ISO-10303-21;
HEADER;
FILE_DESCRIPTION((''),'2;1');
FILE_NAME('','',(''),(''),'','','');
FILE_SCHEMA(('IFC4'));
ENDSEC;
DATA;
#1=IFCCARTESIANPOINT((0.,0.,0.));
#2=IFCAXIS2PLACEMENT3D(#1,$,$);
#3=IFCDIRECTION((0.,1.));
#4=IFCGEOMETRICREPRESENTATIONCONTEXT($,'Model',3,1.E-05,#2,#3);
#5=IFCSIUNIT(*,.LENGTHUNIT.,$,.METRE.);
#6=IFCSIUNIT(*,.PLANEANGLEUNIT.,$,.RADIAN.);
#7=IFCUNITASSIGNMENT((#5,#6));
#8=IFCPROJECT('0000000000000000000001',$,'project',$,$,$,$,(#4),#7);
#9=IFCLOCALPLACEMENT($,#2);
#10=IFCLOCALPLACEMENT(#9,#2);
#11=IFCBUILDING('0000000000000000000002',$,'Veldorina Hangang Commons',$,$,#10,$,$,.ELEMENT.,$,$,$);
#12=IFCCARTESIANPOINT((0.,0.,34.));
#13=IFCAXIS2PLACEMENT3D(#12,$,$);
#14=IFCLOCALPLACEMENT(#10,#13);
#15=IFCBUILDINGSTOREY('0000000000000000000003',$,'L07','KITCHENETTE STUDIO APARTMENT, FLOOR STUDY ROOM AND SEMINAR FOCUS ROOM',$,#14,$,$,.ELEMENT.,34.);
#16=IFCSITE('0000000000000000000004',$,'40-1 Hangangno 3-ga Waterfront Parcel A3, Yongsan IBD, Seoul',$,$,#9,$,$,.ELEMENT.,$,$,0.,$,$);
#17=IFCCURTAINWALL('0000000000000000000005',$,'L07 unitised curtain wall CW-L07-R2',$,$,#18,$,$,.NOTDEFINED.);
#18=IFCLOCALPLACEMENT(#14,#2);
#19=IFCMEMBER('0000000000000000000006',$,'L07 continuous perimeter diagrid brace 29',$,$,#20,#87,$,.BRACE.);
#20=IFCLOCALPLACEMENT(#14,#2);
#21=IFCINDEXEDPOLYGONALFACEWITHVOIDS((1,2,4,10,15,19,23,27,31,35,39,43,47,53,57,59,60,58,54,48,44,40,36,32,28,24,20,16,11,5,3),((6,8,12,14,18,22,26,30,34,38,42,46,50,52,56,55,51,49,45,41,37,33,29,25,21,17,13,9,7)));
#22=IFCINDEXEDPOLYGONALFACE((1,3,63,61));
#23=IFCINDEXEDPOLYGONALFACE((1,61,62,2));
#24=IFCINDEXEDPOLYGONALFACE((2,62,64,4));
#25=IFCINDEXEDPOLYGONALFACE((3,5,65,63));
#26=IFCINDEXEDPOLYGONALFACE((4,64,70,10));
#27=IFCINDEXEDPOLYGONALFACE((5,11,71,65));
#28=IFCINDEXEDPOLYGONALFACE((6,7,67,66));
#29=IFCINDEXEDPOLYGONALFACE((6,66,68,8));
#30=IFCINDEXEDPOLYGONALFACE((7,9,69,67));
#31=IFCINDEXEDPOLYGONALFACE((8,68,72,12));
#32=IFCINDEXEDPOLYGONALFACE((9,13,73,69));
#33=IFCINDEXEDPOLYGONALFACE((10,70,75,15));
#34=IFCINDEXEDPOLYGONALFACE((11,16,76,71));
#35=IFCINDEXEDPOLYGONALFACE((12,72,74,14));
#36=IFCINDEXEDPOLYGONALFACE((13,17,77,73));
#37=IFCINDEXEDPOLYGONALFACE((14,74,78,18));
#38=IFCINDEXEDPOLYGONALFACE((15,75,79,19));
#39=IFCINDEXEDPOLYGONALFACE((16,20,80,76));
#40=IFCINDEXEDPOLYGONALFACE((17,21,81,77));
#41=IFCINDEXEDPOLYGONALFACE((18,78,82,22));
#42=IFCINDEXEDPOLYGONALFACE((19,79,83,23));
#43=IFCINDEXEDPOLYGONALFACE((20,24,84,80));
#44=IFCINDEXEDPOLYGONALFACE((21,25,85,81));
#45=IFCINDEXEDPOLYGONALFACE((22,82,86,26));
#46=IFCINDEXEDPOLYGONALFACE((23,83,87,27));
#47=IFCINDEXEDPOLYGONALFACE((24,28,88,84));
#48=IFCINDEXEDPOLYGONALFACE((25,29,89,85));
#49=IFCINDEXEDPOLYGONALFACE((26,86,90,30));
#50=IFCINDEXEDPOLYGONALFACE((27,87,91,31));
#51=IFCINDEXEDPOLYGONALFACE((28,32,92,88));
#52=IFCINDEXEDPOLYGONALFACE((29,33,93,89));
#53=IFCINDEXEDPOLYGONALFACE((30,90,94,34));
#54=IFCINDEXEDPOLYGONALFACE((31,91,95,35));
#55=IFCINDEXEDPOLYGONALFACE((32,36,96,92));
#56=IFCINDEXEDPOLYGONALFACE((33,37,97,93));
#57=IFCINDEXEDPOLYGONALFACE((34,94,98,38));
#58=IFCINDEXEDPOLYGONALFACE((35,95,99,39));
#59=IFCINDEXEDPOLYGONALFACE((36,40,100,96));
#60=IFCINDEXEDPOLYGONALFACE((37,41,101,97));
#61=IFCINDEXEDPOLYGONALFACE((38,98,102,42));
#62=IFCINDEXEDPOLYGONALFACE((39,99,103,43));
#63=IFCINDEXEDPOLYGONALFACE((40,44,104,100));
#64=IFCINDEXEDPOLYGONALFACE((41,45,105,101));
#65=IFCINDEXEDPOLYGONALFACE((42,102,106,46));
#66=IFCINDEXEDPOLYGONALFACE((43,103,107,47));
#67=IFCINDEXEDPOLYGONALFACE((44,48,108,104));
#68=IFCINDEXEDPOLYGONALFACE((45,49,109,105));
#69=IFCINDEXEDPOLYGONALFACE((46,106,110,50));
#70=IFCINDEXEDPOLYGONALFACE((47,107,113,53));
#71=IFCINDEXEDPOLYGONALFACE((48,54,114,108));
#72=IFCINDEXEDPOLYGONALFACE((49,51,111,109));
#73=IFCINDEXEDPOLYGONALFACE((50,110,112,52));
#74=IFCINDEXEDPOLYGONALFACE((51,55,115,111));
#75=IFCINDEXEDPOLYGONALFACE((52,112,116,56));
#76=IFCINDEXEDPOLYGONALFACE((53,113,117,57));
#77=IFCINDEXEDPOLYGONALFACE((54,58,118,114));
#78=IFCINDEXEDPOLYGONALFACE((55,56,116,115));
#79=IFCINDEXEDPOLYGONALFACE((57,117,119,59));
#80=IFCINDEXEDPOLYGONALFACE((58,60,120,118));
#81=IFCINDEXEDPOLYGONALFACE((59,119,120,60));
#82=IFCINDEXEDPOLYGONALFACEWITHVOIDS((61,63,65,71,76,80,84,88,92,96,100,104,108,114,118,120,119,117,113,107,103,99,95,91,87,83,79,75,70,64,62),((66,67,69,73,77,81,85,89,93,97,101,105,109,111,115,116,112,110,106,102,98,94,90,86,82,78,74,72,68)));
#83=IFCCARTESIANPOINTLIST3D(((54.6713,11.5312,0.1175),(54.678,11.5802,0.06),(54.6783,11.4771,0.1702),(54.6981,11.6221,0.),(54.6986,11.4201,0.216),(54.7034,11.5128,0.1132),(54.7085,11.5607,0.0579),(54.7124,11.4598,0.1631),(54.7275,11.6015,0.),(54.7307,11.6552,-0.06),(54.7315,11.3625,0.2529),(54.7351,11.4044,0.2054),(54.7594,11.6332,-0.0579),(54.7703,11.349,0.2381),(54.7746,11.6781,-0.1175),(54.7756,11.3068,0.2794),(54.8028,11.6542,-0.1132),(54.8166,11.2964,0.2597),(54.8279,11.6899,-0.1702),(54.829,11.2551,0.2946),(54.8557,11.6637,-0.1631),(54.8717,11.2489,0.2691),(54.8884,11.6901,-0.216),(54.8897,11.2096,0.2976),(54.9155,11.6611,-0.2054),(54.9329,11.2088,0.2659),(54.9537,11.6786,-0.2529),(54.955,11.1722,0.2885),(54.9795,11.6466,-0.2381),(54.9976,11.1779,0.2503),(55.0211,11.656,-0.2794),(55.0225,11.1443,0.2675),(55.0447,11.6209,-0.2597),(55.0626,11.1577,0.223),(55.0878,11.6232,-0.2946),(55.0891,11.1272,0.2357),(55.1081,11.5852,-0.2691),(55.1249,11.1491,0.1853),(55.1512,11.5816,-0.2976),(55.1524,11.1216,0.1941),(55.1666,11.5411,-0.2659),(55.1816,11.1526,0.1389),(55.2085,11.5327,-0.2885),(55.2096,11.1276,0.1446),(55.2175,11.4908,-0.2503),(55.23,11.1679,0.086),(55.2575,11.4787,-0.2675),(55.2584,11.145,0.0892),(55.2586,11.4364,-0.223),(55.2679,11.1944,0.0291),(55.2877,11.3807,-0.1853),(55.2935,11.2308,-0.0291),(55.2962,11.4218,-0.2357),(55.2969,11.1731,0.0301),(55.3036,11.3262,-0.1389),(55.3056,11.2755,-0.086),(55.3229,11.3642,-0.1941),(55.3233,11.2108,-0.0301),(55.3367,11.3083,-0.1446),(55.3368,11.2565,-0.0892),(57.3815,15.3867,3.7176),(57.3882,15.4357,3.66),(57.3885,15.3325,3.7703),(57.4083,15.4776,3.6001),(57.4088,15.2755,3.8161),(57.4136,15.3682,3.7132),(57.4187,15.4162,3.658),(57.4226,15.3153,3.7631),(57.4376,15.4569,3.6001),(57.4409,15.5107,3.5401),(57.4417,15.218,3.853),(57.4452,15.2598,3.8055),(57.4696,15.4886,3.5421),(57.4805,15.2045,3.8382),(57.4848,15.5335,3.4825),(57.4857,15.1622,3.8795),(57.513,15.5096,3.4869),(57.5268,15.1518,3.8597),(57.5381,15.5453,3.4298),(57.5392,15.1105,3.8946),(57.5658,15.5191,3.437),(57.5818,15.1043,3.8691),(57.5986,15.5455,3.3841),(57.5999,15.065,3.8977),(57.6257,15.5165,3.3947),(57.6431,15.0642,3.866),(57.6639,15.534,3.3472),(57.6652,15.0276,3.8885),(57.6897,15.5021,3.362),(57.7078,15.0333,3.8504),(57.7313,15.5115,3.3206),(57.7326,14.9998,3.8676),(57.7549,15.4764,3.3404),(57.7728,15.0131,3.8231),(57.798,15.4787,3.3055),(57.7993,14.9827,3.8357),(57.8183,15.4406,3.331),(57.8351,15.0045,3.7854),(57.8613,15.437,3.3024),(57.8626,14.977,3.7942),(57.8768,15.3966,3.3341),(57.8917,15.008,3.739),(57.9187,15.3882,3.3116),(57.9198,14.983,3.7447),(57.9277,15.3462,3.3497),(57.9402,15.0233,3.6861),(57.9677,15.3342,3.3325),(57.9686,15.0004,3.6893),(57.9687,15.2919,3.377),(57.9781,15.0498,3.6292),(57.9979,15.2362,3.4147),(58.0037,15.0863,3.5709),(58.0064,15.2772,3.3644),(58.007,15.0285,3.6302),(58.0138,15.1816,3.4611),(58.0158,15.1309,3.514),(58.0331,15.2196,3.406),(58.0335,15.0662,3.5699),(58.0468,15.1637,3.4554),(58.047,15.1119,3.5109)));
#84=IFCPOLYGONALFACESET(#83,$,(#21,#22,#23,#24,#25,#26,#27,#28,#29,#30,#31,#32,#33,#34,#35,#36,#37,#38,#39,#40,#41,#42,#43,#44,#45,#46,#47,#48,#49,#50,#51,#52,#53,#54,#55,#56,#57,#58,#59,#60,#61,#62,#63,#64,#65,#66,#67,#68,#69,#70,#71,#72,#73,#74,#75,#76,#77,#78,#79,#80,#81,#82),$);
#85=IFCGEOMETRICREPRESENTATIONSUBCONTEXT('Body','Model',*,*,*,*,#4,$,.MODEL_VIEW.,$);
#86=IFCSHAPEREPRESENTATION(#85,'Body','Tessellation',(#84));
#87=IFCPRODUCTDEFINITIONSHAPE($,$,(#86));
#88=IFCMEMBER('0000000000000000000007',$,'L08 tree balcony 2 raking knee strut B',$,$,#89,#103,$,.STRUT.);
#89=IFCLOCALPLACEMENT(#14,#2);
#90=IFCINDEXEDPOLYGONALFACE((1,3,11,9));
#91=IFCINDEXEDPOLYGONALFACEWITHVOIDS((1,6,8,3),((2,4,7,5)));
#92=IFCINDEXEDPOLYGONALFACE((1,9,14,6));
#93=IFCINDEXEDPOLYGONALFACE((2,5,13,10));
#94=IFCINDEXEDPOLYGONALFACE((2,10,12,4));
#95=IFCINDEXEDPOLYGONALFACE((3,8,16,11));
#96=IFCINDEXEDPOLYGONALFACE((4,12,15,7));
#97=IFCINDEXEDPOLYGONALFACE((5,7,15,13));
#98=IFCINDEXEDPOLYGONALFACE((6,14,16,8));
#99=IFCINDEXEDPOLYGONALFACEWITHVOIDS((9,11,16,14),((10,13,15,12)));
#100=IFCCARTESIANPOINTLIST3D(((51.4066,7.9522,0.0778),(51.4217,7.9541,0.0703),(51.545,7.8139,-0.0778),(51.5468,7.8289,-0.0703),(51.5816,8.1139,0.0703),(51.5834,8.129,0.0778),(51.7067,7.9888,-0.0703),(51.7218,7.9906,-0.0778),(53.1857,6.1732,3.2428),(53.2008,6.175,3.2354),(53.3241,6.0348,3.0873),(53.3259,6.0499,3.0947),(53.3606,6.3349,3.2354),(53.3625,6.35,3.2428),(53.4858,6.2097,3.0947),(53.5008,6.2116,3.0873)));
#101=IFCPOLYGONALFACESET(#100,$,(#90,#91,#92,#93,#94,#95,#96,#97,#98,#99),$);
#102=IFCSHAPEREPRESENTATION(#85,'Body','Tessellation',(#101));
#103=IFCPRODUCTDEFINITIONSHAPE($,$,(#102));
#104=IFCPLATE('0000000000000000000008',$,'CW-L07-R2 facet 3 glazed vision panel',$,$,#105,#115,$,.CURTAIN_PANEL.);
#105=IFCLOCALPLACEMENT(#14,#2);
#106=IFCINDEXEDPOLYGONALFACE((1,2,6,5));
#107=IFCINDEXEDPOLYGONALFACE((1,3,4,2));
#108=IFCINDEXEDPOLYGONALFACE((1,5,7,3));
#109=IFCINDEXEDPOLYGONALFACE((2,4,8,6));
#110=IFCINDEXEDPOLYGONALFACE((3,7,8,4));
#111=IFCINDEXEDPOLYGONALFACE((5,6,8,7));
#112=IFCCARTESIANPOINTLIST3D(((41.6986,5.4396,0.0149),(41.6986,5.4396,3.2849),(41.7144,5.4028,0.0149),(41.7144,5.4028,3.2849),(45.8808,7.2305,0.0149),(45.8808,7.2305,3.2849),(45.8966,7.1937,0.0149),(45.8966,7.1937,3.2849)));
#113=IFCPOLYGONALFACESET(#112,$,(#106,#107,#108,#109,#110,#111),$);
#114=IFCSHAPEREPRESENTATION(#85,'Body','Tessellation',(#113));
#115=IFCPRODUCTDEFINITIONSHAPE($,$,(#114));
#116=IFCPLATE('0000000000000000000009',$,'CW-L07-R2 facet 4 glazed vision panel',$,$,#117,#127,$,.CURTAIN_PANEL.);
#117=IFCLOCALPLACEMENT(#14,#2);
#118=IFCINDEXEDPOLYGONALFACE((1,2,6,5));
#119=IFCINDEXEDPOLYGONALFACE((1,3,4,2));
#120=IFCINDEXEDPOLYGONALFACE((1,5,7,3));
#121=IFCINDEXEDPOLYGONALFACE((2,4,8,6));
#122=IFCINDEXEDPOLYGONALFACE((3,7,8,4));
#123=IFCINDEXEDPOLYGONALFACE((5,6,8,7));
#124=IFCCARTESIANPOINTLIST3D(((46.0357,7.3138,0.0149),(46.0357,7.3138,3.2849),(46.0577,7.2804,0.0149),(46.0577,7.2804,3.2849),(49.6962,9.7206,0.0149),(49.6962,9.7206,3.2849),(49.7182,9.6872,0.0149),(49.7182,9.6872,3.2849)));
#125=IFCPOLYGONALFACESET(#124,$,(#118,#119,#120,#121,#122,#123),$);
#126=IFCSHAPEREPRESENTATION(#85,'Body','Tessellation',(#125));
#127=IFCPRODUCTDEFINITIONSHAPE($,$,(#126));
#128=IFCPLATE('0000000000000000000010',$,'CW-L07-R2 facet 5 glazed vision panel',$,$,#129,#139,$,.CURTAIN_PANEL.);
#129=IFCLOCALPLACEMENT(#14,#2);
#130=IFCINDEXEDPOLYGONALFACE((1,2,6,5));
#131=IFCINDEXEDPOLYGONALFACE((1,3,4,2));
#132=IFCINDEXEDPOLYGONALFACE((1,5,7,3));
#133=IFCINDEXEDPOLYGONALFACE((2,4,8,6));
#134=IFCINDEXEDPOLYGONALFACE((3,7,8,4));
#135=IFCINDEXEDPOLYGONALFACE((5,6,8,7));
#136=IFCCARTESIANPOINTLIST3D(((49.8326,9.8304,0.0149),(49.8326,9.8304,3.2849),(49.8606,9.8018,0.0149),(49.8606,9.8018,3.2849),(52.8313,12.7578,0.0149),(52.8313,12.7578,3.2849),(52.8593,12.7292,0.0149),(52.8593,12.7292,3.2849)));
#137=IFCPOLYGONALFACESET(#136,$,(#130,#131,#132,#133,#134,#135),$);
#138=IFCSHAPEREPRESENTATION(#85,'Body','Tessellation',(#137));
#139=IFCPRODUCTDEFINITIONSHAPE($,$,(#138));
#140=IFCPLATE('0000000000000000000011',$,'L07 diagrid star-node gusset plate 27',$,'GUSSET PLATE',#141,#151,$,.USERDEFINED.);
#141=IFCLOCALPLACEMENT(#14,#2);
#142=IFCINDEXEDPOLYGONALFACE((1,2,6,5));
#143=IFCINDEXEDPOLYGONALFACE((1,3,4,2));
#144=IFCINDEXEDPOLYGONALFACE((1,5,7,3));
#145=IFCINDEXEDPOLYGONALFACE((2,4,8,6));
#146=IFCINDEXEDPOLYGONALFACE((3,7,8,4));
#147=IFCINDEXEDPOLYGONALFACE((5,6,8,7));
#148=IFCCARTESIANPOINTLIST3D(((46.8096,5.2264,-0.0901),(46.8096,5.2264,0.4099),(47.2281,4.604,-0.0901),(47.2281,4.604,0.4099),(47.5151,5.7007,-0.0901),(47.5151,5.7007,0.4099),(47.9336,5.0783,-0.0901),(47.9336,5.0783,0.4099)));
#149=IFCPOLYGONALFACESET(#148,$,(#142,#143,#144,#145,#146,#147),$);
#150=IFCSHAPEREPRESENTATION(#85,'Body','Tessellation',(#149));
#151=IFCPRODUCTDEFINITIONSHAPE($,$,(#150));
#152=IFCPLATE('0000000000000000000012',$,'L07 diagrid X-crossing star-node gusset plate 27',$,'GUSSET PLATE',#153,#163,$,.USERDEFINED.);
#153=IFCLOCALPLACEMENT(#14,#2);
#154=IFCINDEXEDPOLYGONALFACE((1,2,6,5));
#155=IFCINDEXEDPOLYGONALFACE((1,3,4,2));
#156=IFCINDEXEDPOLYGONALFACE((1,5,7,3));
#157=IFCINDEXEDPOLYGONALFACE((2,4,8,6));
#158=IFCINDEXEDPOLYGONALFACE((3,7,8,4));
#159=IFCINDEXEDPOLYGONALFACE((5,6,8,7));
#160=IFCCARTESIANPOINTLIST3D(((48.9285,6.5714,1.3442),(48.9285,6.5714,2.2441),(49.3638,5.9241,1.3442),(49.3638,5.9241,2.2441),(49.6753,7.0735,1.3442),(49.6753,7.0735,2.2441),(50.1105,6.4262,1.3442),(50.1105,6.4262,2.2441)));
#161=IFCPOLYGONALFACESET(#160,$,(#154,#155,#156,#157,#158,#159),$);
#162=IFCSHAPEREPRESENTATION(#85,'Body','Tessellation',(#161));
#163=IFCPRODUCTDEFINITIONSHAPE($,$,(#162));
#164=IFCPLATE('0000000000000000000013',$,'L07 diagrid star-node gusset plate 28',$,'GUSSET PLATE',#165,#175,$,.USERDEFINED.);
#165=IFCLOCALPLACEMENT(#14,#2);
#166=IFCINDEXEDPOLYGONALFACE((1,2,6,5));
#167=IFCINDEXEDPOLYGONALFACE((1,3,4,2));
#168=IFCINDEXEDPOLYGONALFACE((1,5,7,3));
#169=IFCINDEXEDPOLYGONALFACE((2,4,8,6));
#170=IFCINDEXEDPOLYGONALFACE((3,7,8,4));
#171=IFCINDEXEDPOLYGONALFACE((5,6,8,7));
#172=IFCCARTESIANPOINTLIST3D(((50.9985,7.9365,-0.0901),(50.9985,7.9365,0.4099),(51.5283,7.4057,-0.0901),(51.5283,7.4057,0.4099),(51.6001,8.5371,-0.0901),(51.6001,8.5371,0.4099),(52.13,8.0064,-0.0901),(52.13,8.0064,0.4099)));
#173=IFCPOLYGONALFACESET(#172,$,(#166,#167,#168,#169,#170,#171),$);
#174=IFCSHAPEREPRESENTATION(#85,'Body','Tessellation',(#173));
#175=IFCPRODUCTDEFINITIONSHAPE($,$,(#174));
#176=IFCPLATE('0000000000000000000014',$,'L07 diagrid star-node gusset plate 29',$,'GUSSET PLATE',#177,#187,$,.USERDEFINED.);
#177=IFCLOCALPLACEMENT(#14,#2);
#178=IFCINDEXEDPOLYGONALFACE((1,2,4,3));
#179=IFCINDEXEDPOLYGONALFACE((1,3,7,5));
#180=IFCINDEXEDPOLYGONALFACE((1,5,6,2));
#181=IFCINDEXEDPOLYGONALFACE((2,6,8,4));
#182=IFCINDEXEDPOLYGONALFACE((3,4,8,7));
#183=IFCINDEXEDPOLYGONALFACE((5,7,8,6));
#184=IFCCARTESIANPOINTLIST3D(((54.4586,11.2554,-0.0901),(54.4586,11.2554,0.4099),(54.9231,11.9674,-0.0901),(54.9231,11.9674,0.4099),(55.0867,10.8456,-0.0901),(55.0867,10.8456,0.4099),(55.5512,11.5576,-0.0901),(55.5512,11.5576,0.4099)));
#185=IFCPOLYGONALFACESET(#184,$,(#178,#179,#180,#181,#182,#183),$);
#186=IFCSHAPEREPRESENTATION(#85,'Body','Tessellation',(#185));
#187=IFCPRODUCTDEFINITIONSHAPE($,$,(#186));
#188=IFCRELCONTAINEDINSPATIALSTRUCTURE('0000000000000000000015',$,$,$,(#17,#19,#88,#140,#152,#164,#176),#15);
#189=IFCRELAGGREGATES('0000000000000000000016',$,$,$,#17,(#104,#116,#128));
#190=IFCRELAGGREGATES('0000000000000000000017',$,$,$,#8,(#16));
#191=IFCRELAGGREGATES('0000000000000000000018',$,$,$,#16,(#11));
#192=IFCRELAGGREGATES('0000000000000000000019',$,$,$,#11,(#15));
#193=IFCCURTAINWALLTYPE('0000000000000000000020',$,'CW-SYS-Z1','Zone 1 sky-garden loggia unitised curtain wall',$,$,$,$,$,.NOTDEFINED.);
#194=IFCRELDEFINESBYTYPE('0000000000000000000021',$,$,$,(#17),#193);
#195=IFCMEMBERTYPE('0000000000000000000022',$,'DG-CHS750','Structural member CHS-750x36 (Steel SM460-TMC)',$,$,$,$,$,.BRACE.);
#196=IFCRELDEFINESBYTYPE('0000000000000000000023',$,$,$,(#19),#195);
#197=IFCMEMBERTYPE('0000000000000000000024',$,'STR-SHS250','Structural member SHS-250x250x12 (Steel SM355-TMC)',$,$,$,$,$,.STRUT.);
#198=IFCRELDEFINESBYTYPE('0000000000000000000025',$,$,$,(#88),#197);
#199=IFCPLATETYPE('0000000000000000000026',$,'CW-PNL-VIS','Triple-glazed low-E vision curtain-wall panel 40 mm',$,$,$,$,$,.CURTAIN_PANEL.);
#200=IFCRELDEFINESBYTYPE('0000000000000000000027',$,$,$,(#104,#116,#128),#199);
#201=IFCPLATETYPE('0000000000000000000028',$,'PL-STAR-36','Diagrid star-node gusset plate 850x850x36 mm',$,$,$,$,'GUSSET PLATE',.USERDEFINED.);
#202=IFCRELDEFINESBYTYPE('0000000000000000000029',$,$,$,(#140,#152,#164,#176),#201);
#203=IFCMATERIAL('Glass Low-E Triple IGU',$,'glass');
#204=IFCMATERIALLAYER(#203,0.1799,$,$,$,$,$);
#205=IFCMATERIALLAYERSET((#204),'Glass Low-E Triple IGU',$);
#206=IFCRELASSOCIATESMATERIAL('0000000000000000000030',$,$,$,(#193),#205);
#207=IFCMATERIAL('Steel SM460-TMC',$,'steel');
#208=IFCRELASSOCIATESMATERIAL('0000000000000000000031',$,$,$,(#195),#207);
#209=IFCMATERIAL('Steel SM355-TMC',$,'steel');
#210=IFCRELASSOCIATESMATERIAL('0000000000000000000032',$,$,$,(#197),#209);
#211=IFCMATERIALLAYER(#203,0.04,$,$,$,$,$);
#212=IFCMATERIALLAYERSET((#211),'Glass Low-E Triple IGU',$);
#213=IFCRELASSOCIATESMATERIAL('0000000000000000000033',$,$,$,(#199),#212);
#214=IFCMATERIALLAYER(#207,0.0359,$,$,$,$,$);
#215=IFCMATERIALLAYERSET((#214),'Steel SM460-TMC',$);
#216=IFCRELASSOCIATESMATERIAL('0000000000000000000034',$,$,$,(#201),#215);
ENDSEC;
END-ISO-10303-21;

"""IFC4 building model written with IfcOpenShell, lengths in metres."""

from ifc_helpers import new_model, si_unit, direction, frame, origin, origin_2d, place, context, subcontext, project, spatial, rectangle, hollow_rectangle, hollow_circle, extrude, material, layer, layer_set, material_profile, profile_set, type_object, element, aggregate, save


model = new_model("IFC4")

# Units and contexts
model_context = context("Model", 3, precision=1e-05, world=origin(), true_north=direction((0.0, 1.0)))
body_context = subcontext(model_context, "Body", "Model", "MODEL_VIEW")
ifc_project = project(units=[si_unit("LENGTHUNIT", "METRE"), si_unit("PLANEANGLEUNIT", "RADIAN")], contexts=[model_context])

# Site, building, storey
site_placement = place(None, origin())
site = spatial("IfcSite", under=ifc_project, at=site_placement, Name="40-1 Hangangno 3-ga Waterfront Parcel A3, Yongsan IBD, Seoul", CompositionType="ELEMENT", RefElevation=0.0)
building_placement = place(site_placement, origin())
building = spatial("IfcBuilding", under=site, at=building_placement, Name="Veldorina Hangang Commons", CompositionType="ELEMENT")
storey_placement = place(building_placement, frame((0.0, 0.0, 34.0)))
storey = spatial("IfcBuildingStorey", under=building, at=storey_placement, Name="L07", Description="KITCHENETTE STUDIO APARTMENT, FLOOR STUDY ROOM AND SEMINAR FOCUS ROOM", CompositionType="ELEMENT", Elevation=34.0)

# Shared definitions
ifc_material_1 = material(Name="Steel SM355-TMC", Category="steel")
ifc_material_2 = material(Name="Steel SM460-TMC", Category="steel")

# Curtain wall
ifc_material_3 = material(Name="Glass Low-E Triple IGU", Category="glass")
ifc_layer_1 = layer(ifc_material_3, 0.1799)
ifc_layer_set_1 = layer_set([ifc_layer_1], Name="Glass Low-E Triple IGU")
curtain_wall_type = type_object("IfcCurtainWallType", Name="CW-SYS-Z1", Description="Zone 1 sky-garden loggia unitised curtain wall", PredefinedType="NOTDEFINED", material=ifc_layer_set_1)
curtain_wall_placement = place(storey_placement, origin())
curtain_wall = element("IfcCurtainWall", 1, at=curtain_wall_placement, inside=storey, type_object=curtain_wall_type, Name="L07 unitised curtain wall CW-L07-R2", PredefinedType="NOTDEFINED")

# Members
ifc_material_profile_1 = material_profile(ifc_material_2, hollow_circle(Radius=0.375, WallThickness=0.0359, at=origin_2d()), Name="CHS-750x36")
ifc_profile_set_1 = profile_set([ifc_material_profile_1], Name="Steel SM460-TMC")
member_type_1 = type_object("IfcMemberType", Name="DG-CHS750", Description="Structural member CHS-750x36 (Steel SM460-TMC)", PredefinedType="BRACE", material=ifc_profile_set_1)
member_1_placement = place(storey_placement, frame((55.0049, 11.4065, 0.0), z_axis=(0.456996, 0.650111, 0.60705), x_axis=(-0.818096, 0.575081, 0.0)))
element("IfcMember", 2, at=member_1_placement, inside=storey, type_object=member_type_1, Name="L07 continuous perimeter diagrid brace 29", PredefinedType="BRACE", context=body_context, shape_type="SweptSolid", body=[
    extrude(hollow_circle(Radius=0.375, WallThickness=0.0359, at=origin_2d()), origin(), (0.0, 0.0, 1.0), 5.9304),
])
ifc_material_profile_2 = material_profile(ifc_material_1, hollow_rectangle(XDim=0.25, YDim=0.25, WallThickness=0.012, at=origin_2d()), Name="SHS-250x250x12")
ifc_profile_set_2 = profile_set([ifc_material_profile_2], Name="Steel SM355-TMC")
member_type_2 = type_object("IfcMemberType", Name="STR-SHS250", Description="Structural member SHS-250x250x12 (Steel SM355-TMC)", PredefinedType="STRUT", material=ifc_profile_set_2)
member_2_placement = place(storey_placement, frame((51.5642, 7.9714, 0.0), z_axis=(0.44001, -0.44001, 0.782804), x_axis=(0.707107, 0.707107, 0.0)))
element("IfcMember", 3, at=member_2_placement, inside=storey, type_object=member_type_2, Name="L08 tree balcony 2 raking knee strut B", PredefinedType="STRUT", context=body_context, shape_type="SweptSolid", body=[
    extrude(hollow_rectangle(XDim=0.25, YDim=0.25, WallThickness=0.012, at=origin_2d()), origin(), (0.0, 0.0, 1.0), 4.0432),
])

# Plates
ifc_layer_2 = layer(ifc_material_3, 0.04)
ifc_layer_set_2 = layer_set([ifc_layer_2], Name="Glass Low-E Triple IGU")
plate_type_1 = type_object("IfcPlateType", Name="CW-PNL-VIS", Description="Triple-glazed low-E vision curtain-wall panel 40 mm", PredefinedType="CURTAIN_PANEL", material=ifc_layer_set_2)
plate_1_placement = place(storey_placement, frame((43.7976, 6.3167, 0.0149), z_axis=(0.0, 0.0, 1.0), x_axis=(0.919259, 0.393653, 0.0)))
plate_1 = element("IfcPlate", 4, at=plate_1_placement, type_object=plate_type_1, Name="CW-L07-R2 facet 3 glazed vision panel", PredefinedType="CURTAIN_PANEL", context=body_context, shape_type="SweptSolid", body=[
    extrude(rectangle(XDim=4.5496, YDim=0.04, at=origin_2d()), origin(), (0.0, 0.0, 1.0), 3.27),
])
plate_2_placement = place(storey_placement, frame((47.877, 8.5005, 0.0149), z_axis=(0.0, 0.0, 1.0), x_axis=(0.835568, 0.549387, 0.0)))
plate_2 = element("IfcPlate", 5, at=plate_2_placement, type_object=plate_type_1, Name="CW-L07-R2 facet 4 glazed vision panel", PredefinedType="CURTAIN_PANEL", context=body_context, shape_type="SweptSolid", body=[
    extrude(rectangle(XDim=4.3809, YDim=0.04, at=origin_2d()), origin(), (0.0, 0.0, 1.0), 3.27),
])
plate_3_placement = place(storey_placement, frame((51.3459, 11.2798, 0.0149), z_axis=(0.0, 0.0, 1.0), x_axis=(0.715559, 0.698553, 0.0)))
plate_3 = element("IfcPlate", 6, at=plate_3_placement, type_object=plate_type_1, Name="CW-L07-R2 facet 5 glazed vision panel", PredefinedType="CURTAIN_PANEL", context=body_context, shape_type="SweptSolid", body=[
    extrude(rectangle(XDim=4.1907, YDim=0.04, at=origin_2d()), origin(), (0.0, 0.0, 1.0), 3.27),
])
aggregate(curtain_wall, [plate_1, plate_2, plate_3])

# Plates
ifc_layer_3 = layer(ifc_material_2, 0.0359)
ifc_layer_set_3 = layer_set([ifc_layer_3], Name="Steel SM460-TMC")
plate_type_2 = type_object("IfcPlateType", Name="PL-STAR-36", Description="Diagrid star-node gusset plate 850x850x36 mm", ElementType="GUSSET PLATE", PredefinedType="USERDEFINED", material=ifc_layer_set_3)
plate_4_placement = place(storey_placement, frame((47.3716, 5.1523, -0.0901), z_axis=(0.0, 0.0, 1.0), x_axis=(0.829857, 0.557977, 0.0)))
element("IfcPlate", 7, at=plate_4_placement, inside=storey, type_object=plate_type_2, Name="L07 diagrid star-node gusset plate 27", ObjectType="GUSSET PLATE", PredefinedType="USERDEFINED", context=body_context, shape_type="SweptSolid", body=[
    extrude(rectangle(XDim=0.8501, YDim=0.75, at=origin_2d()), origin(), (0.0, 0.0, 1.0), 0.5),
])
plate_5_placement = place(storey_placement, frame((49.5195, 6.4988, 1.3442), z_axis=(0.0, 0.0, 1.0), x_axis=(0.829857, 0.557977, 0.0)))
element("IfcPlate", 8, at=plate_5_placement, inside=storey, type_object=plate_type_2, Name="L07 diagrid X-crossing star-node gusset plate 27", ObjectType="GUSSET PLATE", PredefinedType="USERDEFINED", context=body_context, shape_type="SweptSolid", body=[
    extrude(rectangle(XDim=0.8999, YDim=0.78, at=origin_2d()), origin(), (0.0, 0.0, 1.0), 0.8999),
])
for number, where, z_axis, x_axis, name in (
    (9, (51.5642, 7.9714, -0.0901), (0.0, 0.0, 1.0), (0.707699, 0.706514, 0.0), "L07 diagrid star-node gusset plate 28"),
    (10, (55.0049, 11.4065, -0.0901), (0.0, 0.0, 1.0), (0.546409, 0.837519, 0.0), "L07 diagrid star-node gusset plate 29"),
):
    element("IfcPlate", number, at=place(storey_placement, frame(where, z_axis=z_axis, x_axis=x_axis)), inside=storey, type_object=plate_type_2, Name=name, ObjectType="GUSSET PLATE", PredefinedType="USERDEFINED", context=body_context, shape_type="SweptSolid", body=[
        extrude(rectangle(XDim=0.8501, YDim=0.75, at=origin_2d()), origin(), (0.0, 0.0, 1.0), 0.5),
    ])

save(model, "model.ifc")
